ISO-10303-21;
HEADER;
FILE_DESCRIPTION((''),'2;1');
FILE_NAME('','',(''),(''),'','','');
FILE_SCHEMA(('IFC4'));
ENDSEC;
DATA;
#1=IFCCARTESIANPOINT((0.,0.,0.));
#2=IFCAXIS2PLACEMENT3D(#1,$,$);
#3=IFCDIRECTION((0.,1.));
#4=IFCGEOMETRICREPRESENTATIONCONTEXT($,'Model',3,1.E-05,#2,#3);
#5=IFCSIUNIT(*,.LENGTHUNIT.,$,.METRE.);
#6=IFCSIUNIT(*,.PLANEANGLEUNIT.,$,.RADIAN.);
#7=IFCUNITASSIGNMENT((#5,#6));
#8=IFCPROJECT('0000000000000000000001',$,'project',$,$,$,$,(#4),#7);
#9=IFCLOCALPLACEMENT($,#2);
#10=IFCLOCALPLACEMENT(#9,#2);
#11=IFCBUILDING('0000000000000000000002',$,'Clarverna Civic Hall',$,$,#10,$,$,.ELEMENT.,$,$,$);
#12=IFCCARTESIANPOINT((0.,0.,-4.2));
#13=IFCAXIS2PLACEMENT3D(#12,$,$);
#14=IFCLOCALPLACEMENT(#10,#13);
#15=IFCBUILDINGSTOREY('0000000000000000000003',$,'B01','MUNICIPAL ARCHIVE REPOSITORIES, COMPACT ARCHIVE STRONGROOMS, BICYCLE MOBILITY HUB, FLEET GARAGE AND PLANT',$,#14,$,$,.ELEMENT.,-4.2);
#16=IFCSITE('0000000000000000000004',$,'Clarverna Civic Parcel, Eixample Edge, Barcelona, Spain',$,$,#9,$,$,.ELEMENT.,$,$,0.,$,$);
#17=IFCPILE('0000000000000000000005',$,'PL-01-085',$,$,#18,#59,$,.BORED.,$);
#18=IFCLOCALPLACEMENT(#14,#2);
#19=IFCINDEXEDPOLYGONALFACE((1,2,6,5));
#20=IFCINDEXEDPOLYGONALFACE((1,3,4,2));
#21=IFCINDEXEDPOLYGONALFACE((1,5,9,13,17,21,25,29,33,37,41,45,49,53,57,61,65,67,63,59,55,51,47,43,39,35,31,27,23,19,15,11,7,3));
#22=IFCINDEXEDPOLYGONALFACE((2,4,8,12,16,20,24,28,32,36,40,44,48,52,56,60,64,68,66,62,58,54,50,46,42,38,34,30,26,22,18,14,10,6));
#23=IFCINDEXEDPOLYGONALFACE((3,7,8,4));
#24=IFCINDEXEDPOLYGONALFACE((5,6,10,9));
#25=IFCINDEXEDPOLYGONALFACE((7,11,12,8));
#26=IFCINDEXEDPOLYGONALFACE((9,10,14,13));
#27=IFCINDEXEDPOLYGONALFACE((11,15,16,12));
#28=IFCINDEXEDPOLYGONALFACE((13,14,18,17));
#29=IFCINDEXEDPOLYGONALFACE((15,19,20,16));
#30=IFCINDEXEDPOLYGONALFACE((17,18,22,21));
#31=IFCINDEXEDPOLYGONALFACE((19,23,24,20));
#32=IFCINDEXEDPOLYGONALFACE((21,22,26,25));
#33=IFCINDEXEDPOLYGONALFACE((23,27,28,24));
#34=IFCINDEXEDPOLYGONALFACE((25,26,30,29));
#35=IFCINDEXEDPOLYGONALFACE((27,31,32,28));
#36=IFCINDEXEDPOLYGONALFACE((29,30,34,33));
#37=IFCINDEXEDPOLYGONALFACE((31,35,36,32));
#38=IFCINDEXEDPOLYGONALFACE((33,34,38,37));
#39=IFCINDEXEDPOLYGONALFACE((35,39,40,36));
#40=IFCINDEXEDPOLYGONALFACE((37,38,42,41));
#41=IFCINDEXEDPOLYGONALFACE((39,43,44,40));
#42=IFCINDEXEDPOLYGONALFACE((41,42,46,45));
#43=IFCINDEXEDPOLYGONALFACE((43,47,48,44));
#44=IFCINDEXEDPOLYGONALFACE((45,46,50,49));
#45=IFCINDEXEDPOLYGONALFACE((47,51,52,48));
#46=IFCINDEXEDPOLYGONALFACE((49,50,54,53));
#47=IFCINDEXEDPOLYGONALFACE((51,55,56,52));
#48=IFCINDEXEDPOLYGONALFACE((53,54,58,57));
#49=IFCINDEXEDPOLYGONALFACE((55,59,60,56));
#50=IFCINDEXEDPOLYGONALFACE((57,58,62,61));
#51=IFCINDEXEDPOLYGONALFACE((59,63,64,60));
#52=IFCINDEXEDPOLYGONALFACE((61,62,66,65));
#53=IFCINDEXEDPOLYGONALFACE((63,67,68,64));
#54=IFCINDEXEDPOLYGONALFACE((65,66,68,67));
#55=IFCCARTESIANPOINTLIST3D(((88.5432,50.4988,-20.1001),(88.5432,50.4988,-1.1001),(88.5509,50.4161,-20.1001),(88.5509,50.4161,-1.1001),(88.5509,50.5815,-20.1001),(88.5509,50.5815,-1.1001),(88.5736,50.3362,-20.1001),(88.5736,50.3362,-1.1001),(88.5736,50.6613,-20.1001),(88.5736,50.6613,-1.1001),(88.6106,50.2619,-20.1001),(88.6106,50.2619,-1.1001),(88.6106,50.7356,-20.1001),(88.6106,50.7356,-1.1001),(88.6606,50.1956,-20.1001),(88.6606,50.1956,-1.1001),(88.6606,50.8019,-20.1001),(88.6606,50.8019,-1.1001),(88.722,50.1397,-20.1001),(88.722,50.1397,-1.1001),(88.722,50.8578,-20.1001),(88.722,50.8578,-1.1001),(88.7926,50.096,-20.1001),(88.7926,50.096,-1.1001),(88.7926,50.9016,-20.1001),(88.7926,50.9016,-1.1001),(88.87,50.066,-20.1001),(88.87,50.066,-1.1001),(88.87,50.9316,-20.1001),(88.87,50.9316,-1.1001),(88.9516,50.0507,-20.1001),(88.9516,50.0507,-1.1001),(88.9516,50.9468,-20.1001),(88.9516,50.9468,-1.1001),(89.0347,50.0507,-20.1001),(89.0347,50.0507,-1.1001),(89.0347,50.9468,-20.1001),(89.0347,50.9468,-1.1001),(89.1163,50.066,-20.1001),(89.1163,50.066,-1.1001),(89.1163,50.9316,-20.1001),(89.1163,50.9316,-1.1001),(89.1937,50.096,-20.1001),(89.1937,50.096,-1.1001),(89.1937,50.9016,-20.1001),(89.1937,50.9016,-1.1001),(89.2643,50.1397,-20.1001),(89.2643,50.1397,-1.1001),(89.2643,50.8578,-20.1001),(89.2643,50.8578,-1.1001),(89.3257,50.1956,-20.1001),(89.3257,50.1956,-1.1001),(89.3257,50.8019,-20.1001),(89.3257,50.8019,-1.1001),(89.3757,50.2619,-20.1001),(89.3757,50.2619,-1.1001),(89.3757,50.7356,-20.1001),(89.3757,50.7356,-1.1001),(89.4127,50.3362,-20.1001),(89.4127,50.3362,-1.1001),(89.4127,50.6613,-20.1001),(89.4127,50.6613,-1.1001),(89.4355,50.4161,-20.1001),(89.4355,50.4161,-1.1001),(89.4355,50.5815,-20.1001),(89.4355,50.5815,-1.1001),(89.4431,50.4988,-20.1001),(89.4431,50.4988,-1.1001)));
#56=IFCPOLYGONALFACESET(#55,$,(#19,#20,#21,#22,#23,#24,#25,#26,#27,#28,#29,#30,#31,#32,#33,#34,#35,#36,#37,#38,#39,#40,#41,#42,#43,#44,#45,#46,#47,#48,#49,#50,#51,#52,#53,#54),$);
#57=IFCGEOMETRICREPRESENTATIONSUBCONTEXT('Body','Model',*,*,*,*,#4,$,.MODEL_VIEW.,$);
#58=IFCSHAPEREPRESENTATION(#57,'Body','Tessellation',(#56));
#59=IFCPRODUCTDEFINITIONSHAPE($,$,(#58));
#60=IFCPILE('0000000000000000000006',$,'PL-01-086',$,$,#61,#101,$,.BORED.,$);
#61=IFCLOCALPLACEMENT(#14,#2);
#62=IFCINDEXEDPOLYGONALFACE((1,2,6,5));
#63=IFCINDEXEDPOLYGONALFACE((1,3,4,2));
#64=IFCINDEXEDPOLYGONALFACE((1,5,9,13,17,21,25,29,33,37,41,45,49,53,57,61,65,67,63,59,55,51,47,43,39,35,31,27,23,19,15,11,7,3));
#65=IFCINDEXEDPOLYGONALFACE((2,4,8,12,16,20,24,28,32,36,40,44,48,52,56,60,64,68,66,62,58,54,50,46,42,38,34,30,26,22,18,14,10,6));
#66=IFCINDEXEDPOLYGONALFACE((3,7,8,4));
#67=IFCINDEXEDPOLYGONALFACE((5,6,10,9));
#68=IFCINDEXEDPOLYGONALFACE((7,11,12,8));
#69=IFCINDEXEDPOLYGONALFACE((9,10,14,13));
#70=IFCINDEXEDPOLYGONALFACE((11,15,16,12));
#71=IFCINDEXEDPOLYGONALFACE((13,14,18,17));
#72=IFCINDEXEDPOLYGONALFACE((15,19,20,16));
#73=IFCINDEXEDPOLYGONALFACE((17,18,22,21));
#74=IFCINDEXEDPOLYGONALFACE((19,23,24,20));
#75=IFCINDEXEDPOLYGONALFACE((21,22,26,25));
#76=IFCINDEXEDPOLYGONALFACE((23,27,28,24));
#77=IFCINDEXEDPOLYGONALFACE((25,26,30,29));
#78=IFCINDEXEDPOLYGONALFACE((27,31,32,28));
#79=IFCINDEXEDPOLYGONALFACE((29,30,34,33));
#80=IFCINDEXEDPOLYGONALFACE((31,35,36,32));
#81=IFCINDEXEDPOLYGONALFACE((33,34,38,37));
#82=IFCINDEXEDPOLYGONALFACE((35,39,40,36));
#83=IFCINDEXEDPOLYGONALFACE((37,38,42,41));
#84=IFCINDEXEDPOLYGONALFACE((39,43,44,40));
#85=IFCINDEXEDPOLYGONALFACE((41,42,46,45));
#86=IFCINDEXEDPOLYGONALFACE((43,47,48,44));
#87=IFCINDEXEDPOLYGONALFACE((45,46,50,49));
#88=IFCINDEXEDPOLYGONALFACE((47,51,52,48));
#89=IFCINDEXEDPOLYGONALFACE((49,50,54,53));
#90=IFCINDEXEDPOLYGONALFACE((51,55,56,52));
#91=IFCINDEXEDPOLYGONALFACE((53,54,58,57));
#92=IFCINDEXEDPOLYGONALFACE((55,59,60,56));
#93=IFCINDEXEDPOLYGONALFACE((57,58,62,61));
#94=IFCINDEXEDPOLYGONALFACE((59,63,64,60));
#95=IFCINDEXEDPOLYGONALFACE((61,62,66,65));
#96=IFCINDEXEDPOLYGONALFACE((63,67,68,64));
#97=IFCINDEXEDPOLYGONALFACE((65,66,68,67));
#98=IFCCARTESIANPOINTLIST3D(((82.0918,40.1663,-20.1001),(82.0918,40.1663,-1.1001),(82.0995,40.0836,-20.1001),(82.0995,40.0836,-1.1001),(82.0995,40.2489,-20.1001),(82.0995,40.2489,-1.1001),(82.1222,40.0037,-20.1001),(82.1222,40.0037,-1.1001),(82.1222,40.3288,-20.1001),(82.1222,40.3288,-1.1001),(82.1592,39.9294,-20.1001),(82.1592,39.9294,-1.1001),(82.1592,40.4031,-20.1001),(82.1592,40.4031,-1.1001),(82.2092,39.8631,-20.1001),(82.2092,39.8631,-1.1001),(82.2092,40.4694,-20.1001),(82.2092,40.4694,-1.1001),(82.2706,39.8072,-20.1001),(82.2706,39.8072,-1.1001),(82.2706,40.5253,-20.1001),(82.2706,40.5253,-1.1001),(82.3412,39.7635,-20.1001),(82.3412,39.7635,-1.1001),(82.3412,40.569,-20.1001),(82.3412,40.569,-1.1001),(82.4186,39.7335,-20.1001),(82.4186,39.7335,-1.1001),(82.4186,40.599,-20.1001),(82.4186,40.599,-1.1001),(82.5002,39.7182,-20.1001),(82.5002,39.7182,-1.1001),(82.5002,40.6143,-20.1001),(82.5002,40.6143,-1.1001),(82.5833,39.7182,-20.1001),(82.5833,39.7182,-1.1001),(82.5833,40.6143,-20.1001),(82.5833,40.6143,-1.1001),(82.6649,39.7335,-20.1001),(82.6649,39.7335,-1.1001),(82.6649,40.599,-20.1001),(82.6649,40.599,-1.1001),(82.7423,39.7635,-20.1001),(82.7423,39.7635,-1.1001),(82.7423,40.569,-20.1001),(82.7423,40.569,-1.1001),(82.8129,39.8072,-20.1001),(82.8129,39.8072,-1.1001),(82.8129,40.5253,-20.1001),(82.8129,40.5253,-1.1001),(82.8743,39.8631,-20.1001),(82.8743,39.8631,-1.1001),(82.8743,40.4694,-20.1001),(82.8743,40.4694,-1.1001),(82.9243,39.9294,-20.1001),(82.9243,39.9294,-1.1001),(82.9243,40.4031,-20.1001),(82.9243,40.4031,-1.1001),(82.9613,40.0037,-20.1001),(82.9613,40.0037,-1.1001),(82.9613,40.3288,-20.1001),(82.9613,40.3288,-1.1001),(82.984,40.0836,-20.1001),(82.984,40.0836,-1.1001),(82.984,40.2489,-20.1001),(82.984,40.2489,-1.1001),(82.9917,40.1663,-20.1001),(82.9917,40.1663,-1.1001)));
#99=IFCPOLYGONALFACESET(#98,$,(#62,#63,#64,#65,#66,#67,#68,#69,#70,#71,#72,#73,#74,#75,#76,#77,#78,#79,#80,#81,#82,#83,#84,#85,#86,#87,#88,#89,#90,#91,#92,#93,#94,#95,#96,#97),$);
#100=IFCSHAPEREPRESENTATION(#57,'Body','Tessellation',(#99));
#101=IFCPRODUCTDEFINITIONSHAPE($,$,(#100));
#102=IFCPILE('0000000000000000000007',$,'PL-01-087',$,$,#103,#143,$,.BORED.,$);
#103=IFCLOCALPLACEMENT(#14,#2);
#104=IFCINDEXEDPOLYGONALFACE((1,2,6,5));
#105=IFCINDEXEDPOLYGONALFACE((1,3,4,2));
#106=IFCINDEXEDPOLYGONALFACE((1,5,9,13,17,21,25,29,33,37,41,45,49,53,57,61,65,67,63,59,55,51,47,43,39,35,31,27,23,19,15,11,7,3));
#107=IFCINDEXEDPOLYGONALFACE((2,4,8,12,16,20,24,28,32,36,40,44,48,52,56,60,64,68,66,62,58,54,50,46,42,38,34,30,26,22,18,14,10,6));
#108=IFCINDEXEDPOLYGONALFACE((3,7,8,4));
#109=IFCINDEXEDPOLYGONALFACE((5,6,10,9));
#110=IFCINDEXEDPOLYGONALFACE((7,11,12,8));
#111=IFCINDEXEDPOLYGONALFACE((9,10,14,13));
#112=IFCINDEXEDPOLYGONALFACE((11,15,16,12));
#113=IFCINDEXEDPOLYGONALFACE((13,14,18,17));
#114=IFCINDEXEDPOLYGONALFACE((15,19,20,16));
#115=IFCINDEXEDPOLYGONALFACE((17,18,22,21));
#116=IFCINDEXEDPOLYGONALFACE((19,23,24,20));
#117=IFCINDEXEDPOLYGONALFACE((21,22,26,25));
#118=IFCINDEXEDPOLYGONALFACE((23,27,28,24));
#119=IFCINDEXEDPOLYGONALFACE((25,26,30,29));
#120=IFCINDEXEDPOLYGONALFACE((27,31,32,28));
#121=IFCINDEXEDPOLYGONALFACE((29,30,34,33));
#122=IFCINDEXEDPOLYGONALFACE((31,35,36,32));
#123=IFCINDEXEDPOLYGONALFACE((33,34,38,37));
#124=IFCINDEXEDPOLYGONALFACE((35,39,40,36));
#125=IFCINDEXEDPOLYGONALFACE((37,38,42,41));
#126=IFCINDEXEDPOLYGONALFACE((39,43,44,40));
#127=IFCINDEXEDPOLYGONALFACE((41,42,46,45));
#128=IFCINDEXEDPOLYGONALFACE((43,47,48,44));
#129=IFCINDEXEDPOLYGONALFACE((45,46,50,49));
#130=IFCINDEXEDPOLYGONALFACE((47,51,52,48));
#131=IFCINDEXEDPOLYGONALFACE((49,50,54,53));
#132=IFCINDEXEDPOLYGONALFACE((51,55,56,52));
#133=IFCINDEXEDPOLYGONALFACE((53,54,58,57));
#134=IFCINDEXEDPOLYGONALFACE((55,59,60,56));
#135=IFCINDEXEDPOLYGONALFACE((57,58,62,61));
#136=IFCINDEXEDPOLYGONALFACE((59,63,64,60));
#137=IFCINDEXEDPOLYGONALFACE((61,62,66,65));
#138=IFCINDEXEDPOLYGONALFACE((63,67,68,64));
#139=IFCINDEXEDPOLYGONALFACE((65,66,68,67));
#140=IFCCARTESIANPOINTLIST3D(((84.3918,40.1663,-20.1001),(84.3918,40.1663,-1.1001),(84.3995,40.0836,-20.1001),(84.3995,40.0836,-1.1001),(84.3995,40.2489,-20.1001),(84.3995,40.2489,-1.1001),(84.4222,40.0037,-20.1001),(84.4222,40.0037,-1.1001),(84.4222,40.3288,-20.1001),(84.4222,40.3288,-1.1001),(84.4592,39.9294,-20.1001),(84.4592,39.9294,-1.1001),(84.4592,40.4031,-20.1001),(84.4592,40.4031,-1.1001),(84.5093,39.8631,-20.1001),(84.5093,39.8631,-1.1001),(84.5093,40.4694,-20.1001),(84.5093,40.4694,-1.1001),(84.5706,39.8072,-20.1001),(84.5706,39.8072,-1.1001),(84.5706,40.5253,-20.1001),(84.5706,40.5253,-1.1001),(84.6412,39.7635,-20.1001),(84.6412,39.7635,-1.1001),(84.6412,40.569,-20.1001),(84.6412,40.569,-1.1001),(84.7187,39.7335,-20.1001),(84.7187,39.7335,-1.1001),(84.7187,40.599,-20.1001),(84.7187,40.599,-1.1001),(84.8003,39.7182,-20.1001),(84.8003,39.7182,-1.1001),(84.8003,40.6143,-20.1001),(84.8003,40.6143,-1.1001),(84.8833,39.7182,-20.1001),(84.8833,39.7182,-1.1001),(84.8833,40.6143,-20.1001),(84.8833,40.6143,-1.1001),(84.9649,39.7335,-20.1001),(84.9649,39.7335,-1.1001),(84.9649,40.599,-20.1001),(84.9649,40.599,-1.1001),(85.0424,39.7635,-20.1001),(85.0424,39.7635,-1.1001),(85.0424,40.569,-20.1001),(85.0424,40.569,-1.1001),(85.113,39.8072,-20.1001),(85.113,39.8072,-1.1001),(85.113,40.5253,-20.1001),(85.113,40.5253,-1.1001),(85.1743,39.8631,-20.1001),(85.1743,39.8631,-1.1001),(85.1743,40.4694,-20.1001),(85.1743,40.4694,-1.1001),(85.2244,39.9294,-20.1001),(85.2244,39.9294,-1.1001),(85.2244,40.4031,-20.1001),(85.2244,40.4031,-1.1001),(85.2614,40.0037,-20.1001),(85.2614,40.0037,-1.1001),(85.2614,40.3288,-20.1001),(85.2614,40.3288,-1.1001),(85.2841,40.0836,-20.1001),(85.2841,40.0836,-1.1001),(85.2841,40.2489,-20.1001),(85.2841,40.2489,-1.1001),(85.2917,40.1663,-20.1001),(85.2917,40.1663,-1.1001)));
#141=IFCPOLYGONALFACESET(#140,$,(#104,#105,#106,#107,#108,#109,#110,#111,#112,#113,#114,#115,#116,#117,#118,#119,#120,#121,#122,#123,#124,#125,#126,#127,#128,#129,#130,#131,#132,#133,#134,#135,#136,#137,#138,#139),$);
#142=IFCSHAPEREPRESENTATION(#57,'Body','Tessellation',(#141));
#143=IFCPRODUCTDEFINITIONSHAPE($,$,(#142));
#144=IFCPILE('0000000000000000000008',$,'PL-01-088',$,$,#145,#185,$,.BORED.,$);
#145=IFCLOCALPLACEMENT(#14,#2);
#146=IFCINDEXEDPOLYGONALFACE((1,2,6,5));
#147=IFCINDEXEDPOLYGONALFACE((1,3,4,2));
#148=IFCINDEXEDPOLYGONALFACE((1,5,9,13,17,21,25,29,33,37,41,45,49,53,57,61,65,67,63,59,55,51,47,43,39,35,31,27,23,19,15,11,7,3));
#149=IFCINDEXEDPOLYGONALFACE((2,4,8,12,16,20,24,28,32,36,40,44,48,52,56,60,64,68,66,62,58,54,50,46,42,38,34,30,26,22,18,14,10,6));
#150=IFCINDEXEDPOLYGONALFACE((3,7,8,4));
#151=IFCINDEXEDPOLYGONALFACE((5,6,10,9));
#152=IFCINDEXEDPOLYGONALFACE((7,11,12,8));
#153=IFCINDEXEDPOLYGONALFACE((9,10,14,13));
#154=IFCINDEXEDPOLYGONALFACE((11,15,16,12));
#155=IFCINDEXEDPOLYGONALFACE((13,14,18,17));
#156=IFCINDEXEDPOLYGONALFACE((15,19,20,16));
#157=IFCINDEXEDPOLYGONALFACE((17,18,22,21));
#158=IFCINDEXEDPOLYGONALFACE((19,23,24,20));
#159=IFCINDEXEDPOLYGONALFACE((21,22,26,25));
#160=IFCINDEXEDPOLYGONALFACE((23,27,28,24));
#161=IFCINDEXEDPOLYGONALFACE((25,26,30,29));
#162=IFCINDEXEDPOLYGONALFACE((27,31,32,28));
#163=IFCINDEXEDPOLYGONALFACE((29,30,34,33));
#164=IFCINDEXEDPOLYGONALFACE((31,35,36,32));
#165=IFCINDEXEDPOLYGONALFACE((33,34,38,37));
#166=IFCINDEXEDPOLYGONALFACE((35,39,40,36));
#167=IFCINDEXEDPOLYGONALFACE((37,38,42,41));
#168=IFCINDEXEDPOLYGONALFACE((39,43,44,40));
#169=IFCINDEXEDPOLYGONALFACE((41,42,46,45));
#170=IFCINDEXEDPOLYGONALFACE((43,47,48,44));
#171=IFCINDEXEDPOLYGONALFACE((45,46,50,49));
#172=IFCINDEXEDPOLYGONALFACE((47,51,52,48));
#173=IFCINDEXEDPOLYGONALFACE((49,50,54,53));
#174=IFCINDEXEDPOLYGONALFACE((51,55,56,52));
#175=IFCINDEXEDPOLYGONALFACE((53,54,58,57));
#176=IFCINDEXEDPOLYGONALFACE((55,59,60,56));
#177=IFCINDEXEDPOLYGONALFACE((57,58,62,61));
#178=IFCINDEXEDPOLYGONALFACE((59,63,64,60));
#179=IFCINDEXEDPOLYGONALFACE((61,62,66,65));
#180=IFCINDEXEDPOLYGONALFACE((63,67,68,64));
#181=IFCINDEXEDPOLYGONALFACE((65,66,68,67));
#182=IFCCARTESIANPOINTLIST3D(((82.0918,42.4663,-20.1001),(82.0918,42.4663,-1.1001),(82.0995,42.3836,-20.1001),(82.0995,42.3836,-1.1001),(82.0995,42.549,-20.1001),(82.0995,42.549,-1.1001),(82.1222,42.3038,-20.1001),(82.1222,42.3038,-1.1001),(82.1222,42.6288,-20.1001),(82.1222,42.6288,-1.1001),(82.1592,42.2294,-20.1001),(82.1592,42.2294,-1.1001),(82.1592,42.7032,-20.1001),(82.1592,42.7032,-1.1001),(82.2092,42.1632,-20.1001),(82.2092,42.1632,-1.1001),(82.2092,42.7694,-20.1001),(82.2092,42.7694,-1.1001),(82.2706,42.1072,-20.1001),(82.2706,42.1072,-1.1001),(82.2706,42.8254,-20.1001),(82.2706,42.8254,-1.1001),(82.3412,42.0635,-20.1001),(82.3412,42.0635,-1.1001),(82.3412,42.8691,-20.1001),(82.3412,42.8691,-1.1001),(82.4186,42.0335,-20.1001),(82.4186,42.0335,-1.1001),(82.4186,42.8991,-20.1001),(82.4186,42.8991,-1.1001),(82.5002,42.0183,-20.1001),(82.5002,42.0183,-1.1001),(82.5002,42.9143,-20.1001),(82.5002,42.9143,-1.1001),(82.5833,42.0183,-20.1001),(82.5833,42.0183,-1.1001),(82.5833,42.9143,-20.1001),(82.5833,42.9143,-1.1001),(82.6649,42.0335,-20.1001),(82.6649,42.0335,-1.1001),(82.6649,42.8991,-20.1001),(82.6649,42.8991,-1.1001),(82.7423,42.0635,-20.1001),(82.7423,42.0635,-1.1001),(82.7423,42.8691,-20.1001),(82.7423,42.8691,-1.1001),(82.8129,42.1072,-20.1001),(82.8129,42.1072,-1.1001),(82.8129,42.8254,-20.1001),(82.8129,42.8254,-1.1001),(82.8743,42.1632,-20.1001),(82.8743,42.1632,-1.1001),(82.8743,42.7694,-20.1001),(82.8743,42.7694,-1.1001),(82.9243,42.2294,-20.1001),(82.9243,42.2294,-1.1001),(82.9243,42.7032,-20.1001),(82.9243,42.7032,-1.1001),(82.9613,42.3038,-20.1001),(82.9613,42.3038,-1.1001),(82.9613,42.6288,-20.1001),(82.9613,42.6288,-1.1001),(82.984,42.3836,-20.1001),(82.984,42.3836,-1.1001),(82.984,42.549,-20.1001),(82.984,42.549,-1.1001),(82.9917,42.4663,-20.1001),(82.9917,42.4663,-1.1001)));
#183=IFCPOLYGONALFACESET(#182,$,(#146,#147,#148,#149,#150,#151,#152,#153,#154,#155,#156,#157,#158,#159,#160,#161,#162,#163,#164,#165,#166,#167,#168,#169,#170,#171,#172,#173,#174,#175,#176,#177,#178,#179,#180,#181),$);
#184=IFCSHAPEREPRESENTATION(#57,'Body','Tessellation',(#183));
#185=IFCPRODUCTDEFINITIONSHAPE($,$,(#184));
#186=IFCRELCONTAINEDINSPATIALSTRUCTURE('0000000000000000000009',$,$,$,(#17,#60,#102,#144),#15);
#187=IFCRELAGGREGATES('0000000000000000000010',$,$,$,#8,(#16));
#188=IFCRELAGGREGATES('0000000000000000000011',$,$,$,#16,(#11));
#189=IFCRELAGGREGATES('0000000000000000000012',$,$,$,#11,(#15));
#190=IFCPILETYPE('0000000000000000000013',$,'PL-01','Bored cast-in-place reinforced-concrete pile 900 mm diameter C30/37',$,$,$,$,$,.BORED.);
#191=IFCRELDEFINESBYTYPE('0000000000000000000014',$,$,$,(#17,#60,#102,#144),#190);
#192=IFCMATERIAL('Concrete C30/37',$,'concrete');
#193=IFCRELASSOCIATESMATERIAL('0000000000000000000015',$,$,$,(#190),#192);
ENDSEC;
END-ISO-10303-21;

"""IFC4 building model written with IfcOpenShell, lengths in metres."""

from ifc_helpers import new_model, si_unit, direction, frame, origin, origin_2d, place, context, subcontext, project, spatial, circle, extrude, material, material_profile, profile_set, type_object, element, save


model = new_model("IFC4")

# Units and contexts
model_context = context("Model", 3, precision=1e-05, world=origin(), true_north=direction((0.0, 1.0)))
body_context = subcontext(model_context, "Body", "Model", "MODEL_VIEW")
ifc_project = project(units=[si_unit("LENGTHUNIT", "METRE"), si_unit("PLANEANGLEUNIT", "RADIAN")], contexts=[model_context])

# Site, building, storey
site_placement = place(None, origin())
site = spatial("IfcSite", under=ifc_project, at=site_placement, Name="Clarverna Civic Parcel, Eixample Edge, Barcelona, Spain", CompositionType="ELEMENT", RefElevation=0.0)
building_placement = place(site_placement, origin())
building = spatial("IfcBuilding", under=site, at=building_placement, Name="Clarverna Civic Hall", CompositionType="ELEMENT")
storey_placement = place(building_placement, frame((0.0, 0.0, -4.2)))
storey = spatial("IfcBuildingStorey", under=building, at=storey_placement, Name="B01", Description="MUNICIPAL ARCHIVE REPOSITORIES, COMPACT ARCHIVE STRONGROOMS, BICYCLE MOBILITY HUB, FLEET GARAGE AND PLANT", CompositionType="ELEMENT", Elevation=-4.2)

# Shared definitions
ifc_material_1 = material(Name="Concrete C30/37", Category="concrete")

# Piles
ifc_material_profile_1 = material_profile(ifc_material_1, circle(Radius=0.45, at=origin_2d()), Name="BORED PILE D900")
ifc_profile_set_1 = profile_set([ifc_material_profile_1], Name="Concrete C30/37")
pile_type = type_object("IfcPileType", Name="PL-01", Description="Bored cast-in-place reinforced-concrete pile 900 mm diameter C30/37", PredefinedType="BORED", material=ifc_profile_set_1)
for number, where, z_axis, x_axis, name in (
    (1, (88.9932, 50.4988, -1.1001), (0.0, 0.0, -1.0), (1.0, 0.0, 0.0), "PL-01-085"),
    (2, (82.5417, 40.1663, -1.1001), (0.0, 0.0, -1.0), (1.0, 0.0, 0.0), "PL-01-086"),
    (3, (84.8418, 40.1663, -1.1001), (0.0, 0.0, -1.0), (1.0, 0.0, 0.0), "PL-01-087"),
    (4, (82.5417, 42.4663, -1.1001), (0.0, 0.0, -1.0), (1.0, 0.0, 0.0), "PL-01-088"),
):
    element("IfcPile", number, at=place(storey_placement, frame(where, z_axis=z_axis, x_axis=x_axis)), inside=storey, type_object=pile_type, Name=name, PredefinedType="BORED", context=body_context, shape_type="SweptSolid", body=[
        extrude(circle(Radius=0.45, at=origin_2d()), origin(), (0.0, 0.0, 1.0), 19.0),
    ])

save(model, "model.ifc")
